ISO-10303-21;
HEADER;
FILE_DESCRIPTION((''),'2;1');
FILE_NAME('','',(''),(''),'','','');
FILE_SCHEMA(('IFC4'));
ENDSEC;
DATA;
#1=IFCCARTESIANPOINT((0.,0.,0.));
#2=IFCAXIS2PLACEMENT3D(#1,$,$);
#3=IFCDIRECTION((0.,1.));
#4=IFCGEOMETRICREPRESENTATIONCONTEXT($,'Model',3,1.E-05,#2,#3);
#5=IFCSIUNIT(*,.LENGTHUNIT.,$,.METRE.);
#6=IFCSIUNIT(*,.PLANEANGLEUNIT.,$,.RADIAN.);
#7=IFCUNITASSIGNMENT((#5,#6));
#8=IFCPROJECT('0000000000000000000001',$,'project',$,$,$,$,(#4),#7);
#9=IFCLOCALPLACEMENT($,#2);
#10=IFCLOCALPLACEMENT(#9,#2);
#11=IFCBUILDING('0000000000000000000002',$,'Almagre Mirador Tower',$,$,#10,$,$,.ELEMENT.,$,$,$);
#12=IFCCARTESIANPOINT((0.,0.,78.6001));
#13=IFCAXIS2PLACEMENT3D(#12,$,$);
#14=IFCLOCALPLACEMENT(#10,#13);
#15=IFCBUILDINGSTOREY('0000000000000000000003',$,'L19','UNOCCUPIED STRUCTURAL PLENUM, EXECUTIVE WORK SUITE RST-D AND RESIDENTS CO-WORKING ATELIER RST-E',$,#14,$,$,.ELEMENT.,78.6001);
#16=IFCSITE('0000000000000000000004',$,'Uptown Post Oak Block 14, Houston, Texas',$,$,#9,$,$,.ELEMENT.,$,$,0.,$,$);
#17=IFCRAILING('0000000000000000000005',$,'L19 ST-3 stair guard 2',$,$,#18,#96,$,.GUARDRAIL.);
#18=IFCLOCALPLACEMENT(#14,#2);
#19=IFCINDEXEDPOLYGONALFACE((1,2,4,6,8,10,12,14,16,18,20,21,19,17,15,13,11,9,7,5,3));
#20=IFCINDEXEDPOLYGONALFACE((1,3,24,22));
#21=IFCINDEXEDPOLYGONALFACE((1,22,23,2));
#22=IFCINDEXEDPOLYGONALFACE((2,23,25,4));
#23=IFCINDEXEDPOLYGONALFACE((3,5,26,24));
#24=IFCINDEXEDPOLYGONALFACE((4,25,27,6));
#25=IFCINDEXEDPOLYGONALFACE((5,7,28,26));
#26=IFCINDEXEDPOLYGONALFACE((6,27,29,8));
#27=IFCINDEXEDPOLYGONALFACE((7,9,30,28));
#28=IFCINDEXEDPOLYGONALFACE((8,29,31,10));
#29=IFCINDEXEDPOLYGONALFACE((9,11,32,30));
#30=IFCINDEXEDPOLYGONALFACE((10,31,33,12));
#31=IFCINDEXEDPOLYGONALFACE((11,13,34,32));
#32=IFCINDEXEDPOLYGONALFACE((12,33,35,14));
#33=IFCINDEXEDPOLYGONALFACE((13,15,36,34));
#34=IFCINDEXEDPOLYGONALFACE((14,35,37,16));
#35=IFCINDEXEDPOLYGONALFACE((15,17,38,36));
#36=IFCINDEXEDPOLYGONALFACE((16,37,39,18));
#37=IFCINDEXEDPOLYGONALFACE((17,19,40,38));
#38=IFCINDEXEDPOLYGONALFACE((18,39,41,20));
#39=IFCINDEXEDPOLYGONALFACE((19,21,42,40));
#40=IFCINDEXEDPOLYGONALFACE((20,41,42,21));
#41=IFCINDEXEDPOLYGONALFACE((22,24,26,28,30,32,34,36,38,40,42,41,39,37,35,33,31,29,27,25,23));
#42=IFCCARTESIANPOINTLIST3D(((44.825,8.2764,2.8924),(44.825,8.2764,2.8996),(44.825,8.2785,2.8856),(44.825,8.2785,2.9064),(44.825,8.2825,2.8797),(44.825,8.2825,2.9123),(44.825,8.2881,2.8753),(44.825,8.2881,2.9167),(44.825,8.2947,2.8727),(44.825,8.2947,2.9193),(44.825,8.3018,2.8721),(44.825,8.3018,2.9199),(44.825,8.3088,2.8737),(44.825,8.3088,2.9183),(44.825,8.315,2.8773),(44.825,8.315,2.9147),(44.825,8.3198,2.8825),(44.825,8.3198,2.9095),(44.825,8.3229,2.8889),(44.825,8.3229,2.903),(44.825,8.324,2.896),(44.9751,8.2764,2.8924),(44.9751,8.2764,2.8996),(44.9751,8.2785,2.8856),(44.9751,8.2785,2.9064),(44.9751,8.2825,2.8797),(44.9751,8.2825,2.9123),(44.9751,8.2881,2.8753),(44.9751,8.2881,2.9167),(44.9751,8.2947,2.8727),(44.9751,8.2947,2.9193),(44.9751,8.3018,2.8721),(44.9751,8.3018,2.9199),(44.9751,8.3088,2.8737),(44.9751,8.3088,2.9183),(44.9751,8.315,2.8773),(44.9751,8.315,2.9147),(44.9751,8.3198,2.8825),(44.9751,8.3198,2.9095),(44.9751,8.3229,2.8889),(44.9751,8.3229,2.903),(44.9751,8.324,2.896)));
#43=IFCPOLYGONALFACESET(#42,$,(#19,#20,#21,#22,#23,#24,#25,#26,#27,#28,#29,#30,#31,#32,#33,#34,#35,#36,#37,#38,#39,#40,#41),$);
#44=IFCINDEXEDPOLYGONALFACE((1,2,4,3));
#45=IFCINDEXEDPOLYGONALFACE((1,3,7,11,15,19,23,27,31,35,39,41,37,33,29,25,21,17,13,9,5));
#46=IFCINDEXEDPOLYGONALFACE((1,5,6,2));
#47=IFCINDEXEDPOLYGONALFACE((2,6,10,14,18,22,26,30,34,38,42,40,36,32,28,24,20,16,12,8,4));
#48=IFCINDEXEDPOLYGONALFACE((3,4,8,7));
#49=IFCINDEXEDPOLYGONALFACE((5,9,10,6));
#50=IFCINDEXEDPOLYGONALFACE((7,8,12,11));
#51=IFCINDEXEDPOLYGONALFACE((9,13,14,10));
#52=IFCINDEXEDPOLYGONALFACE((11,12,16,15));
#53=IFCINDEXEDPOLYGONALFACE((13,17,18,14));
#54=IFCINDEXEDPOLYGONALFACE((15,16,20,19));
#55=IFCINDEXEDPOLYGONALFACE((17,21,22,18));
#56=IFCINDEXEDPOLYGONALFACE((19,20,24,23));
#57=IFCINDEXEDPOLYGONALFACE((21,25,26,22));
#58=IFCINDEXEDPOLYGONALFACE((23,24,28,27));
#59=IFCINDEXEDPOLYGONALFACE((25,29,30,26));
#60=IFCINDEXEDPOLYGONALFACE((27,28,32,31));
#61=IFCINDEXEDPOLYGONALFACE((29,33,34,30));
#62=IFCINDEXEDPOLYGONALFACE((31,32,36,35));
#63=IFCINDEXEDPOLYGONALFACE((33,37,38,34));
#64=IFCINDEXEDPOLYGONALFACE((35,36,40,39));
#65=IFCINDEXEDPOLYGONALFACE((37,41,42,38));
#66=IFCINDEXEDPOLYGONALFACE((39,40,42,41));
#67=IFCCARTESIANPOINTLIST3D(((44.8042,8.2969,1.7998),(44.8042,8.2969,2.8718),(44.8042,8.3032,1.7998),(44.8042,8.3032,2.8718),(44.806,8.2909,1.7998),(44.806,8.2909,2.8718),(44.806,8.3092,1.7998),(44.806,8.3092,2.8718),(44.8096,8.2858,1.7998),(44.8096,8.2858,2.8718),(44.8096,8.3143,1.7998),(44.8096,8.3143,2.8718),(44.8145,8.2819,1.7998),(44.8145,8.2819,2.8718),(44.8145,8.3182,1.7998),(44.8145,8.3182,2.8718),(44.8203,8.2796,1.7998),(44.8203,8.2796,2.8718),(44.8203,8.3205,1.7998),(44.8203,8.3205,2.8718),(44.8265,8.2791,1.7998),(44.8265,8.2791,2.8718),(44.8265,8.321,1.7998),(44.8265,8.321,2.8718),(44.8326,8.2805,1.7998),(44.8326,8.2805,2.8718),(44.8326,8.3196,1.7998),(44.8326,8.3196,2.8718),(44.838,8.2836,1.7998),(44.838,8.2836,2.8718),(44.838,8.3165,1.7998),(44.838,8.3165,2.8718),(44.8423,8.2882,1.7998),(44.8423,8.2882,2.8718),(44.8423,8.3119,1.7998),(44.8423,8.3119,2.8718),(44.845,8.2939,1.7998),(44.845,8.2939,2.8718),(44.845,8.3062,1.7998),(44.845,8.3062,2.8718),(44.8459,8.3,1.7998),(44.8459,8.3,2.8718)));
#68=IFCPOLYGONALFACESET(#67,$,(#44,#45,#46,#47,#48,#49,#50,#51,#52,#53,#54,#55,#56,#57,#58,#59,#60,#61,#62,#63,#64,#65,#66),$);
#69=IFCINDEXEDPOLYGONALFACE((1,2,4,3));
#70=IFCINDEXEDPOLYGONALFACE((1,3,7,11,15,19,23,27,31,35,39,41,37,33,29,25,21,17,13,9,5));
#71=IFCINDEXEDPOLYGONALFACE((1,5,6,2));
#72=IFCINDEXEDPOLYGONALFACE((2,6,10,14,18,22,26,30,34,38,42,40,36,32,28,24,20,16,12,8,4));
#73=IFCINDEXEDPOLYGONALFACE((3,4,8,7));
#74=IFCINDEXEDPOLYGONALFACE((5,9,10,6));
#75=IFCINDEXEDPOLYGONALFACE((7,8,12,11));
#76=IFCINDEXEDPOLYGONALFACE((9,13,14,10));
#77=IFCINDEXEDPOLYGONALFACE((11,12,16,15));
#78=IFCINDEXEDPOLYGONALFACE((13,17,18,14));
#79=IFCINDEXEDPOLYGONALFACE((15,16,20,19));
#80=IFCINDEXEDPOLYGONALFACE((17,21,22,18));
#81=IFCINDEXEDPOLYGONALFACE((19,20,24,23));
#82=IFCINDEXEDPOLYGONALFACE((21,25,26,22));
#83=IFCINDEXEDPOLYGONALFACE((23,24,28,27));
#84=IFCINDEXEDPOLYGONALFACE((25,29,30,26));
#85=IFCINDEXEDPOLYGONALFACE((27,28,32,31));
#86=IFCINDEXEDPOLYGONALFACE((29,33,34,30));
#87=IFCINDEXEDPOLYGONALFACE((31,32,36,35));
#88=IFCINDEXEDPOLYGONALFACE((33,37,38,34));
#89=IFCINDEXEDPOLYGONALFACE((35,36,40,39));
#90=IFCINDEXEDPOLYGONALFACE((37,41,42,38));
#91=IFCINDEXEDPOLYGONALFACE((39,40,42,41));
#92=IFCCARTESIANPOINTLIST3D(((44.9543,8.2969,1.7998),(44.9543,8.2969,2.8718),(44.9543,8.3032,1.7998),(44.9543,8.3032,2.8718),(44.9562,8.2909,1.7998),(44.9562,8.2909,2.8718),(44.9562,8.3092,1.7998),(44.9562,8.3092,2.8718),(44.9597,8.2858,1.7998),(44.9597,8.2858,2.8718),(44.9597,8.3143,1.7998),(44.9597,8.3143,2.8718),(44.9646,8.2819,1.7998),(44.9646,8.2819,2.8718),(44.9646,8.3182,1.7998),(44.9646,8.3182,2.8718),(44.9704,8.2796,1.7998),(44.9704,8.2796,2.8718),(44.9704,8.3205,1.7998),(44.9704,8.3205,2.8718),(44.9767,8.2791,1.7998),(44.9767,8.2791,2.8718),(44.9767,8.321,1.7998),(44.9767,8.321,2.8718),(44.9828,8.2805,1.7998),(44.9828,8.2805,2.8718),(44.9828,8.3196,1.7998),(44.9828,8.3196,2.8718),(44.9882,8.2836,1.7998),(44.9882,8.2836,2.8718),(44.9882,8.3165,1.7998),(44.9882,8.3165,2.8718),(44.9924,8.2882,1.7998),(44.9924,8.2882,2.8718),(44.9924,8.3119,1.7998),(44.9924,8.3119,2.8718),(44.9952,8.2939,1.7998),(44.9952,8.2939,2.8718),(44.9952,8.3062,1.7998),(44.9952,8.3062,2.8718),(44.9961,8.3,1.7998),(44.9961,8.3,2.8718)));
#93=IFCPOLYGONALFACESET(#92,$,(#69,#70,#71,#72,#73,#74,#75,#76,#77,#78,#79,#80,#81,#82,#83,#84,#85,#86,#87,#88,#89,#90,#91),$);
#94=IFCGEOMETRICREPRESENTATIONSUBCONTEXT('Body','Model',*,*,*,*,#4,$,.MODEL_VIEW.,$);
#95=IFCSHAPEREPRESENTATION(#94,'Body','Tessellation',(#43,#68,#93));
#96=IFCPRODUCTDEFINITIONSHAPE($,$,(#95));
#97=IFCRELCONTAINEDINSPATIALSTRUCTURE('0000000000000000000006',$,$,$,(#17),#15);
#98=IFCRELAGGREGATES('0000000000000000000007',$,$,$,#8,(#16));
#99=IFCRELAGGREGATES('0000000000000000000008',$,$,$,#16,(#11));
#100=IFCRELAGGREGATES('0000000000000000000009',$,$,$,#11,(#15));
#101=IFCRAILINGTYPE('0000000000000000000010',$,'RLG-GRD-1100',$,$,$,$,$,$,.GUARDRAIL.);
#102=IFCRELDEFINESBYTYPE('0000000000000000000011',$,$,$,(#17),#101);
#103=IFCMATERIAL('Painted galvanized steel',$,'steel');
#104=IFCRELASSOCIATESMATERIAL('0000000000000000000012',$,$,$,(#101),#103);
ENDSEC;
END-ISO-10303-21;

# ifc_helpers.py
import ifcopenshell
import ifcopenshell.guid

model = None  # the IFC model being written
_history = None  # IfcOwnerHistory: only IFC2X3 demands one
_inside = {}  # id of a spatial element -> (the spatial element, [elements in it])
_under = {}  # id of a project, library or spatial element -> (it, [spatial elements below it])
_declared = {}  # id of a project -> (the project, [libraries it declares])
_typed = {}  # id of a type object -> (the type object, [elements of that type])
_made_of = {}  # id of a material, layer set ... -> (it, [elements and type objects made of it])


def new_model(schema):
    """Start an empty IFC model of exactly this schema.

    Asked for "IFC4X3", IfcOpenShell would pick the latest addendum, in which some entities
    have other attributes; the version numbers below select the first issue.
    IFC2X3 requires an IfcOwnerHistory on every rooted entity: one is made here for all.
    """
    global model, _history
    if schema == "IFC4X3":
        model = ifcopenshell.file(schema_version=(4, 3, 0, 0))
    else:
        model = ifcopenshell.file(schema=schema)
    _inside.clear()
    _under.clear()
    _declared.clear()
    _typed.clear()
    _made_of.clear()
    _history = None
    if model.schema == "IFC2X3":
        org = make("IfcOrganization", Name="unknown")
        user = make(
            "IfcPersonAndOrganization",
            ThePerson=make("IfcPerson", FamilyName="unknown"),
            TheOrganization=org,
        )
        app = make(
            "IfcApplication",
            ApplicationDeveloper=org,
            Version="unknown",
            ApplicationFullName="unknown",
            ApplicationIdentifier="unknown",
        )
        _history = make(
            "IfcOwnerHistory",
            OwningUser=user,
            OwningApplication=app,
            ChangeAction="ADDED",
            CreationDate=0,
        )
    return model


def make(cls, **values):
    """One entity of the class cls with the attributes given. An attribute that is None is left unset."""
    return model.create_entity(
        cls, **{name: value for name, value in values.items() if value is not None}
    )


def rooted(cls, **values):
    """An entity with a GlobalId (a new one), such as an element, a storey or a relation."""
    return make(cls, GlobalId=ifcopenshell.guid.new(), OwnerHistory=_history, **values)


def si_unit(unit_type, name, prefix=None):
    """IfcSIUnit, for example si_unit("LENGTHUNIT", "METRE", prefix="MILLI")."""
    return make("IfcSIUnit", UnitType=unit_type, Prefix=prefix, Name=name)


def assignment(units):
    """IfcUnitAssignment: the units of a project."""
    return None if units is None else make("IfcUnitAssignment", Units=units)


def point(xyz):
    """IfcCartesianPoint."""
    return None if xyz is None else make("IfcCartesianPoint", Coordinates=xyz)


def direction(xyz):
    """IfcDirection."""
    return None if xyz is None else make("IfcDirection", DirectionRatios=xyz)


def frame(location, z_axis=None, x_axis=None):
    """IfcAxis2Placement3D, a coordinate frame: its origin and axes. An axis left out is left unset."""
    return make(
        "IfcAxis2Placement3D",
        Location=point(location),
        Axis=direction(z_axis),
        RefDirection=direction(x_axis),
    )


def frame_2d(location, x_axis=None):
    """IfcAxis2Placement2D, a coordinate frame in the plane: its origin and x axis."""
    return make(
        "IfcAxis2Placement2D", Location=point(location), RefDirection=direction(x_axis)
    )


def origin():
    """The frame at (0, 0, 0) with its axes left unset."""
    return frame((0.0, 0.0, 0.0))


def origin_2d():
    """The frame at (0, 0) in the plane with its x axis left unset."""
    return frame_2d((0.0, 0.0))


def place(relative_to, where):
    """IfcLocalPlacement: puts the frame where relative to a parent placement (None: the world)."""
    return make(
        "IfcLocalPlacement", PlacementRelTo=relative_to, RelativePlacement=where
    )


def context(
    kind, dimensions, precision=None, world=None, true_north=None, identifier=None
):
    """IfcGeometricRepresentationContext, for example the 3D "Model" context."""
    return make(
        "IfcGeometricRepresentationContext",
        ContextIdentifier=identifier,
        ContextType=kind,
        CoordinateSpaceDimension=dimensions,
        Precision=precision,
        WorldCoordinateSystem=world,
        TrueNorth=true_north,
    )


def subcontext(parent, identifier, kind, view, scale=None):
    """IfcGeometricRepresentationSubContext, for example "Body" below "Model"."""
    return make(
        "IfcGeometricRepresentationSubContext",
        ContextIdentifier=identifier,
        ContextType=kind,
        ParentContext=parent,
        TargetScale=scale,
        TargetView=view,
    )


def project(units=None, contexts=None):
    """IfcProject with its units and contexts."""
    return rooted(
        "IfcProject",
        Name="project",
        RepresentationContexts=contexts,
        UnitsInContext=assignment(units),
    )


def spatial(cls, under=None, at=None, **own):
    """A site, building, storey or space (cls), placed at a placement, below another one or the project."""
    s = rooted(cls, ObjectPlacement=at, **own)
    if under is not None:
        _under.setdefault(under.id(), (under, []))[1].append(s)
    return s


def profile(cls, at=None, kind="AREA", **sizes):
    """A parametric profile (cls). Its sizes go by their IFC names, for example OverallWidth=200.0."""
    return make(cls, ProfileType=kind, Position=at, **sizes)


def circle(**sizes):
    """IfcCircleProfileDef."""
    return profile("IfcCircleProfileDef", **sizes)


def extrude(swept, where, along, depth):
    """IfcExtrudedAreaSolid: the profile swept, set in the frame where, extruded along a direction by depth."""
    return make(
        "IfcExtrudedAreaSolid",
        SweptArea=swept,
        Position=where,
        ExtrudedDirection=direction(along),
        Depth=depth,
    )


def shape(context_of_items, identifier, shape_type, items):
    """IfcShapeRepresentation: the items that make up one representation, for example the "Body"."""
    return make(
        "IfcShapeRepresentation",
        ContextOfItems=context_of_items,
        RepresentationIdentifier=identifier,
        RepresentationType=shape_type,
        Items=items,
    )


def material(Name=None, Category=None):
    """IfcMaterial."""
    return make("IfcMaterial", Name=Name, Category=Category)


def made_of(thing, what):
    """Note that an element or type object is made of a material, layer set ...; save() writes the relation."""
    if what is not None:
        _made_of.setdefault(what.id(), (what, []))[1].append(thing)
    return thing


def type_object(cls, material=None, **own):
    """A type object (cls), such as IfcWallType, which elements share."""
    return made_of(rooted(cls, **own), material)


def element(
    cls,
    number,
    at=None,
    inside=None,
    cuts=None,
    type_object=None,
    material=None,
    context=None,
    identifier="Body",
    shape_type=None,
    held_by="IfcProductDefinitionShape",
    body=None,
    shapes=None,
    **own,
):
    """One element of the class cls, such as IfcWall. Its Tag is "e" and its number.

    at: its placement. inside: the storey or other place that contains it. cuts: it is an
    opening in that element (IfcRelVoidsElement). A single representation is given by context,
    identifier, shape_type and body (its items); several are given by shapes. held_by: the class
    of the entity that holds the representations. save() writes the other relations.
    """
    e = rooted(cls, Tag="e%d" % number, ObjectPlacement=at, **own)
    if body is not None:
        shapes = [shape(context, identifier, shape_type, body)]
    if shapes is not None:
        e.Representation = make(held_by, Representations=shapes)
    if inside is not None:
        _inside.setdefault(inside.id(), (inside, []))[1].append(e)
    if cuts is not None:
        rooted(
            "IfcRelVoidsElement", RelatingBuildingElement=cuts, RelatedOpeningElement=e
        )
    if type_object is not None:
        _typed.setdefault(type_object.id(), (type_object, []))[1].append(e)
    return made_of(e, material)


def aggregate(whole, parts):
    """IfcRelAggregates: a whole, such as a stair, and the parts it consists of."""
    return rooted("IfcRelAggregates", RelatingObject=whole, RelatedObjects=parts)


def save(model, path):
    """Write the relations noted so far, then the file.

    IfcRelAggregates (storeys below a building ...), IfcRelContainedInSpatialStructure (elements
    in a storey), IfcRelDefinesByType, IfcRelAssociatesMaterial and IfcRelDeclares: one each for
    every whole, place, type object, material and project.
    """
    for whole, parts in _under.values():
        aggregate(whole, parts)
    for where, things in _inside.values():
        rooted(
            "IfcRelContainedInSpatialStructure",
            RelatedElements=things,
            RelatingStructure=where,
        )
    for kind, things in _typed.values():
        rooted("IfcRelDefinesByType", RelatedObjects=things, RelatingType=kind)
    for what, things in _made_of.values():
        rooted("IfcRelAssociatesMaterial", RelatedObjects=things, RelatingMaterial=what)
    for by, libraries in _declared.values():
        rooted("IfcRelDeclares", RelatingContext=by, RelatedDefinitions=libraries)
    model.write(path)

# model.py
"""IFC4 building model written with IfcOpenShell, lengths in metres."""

from ifc_helpers import new_model, si_unit, direction, frame, origin, origin_2d, place, context, subcontext, project, spatial, circle, extrude, material, type_object, element, save


model = new_model("IFC4")

# Units and contexts
model_context = context("Model", 3, precision=1e-05, world=origin(), true_north=direction((0.0, 1.0)))
body_context = subcontext(model_context, "Body", "Model", "MODEL_VIEW")
ifc_project = project(units=[si_unit("LENGTHUNIT", "METRE"), si_unit("PLANEANGLEUNIT", "RADIAN")], contexts=[model_context])

# Site, building, storey
site_placement = place(None, origin())
site = spatial("IfcSite", under=ifc_project, at=site_placement, Name="Uptown Post Oak Block 14, Houston, Texas", CompositionType="ELEMENT", RefElevation=0.0)
building_placement = place(site_placement, origin())
building = spatial("IfcBuilding", under=site, at=building_placement, Name="Almagre Mirador Tower", CompositionType="ELEMENT")
storey_placement = place(building_placement, frame((0.0, 0.0, 78.6001)))
storey = spatial("IfcBuildingStorey", under=building, at=storey_placement, Name="L19", Description="UNOCCUPIED STRUCTURAL PLENUM, EXECUTIVE WORK SUITE RST-D AND RESIDENTS CO-WORKING ATELIER RST-E", CompositionType="ELEMENT", Elevation=78.6001)

# Railing
ifc_material_1 = material(Name="Painted galvanized steel", Category="steel")
railing_type_1 = type_object("IfcRailingType", Name="RLG-GRD-1100", PredefinedType="GUARDRAIL", material=ifc_material_1)
railing_1_placement = place(storey_placement, frame((44.825, 8.3, 1.7998)))
element("IfcRailing", 1, at=railing_1_placement, inside=storey, type_object=railing_type_1, Name="L19 ST-3 stair guard 2", PredefinedType="GUARDRAIL", context=body_context, shape_type="SweptSolid", body=[
    extrude(circle(Radius=0.0239, at=origin_2d()), frame((0.0, 0.0, 1.0962), z_axis=(1.0, 0.0, 0.0), x_axis=(0.0, 1.0, 0.0)), (0.0, 0.0, 1.0), 0.1501),
    extrude(circle(Radius=0.021, at=origin_2d()), origin(), (0.0, 0.0, 1.0), 1.072),
    extrude(circle(Radius=0.021, at=origin_2d()), frame((0.1501, 0.0, 0.0)), (0.0, 0.0, 1.0), 1.072),
])

save(model, "model.ifc")
